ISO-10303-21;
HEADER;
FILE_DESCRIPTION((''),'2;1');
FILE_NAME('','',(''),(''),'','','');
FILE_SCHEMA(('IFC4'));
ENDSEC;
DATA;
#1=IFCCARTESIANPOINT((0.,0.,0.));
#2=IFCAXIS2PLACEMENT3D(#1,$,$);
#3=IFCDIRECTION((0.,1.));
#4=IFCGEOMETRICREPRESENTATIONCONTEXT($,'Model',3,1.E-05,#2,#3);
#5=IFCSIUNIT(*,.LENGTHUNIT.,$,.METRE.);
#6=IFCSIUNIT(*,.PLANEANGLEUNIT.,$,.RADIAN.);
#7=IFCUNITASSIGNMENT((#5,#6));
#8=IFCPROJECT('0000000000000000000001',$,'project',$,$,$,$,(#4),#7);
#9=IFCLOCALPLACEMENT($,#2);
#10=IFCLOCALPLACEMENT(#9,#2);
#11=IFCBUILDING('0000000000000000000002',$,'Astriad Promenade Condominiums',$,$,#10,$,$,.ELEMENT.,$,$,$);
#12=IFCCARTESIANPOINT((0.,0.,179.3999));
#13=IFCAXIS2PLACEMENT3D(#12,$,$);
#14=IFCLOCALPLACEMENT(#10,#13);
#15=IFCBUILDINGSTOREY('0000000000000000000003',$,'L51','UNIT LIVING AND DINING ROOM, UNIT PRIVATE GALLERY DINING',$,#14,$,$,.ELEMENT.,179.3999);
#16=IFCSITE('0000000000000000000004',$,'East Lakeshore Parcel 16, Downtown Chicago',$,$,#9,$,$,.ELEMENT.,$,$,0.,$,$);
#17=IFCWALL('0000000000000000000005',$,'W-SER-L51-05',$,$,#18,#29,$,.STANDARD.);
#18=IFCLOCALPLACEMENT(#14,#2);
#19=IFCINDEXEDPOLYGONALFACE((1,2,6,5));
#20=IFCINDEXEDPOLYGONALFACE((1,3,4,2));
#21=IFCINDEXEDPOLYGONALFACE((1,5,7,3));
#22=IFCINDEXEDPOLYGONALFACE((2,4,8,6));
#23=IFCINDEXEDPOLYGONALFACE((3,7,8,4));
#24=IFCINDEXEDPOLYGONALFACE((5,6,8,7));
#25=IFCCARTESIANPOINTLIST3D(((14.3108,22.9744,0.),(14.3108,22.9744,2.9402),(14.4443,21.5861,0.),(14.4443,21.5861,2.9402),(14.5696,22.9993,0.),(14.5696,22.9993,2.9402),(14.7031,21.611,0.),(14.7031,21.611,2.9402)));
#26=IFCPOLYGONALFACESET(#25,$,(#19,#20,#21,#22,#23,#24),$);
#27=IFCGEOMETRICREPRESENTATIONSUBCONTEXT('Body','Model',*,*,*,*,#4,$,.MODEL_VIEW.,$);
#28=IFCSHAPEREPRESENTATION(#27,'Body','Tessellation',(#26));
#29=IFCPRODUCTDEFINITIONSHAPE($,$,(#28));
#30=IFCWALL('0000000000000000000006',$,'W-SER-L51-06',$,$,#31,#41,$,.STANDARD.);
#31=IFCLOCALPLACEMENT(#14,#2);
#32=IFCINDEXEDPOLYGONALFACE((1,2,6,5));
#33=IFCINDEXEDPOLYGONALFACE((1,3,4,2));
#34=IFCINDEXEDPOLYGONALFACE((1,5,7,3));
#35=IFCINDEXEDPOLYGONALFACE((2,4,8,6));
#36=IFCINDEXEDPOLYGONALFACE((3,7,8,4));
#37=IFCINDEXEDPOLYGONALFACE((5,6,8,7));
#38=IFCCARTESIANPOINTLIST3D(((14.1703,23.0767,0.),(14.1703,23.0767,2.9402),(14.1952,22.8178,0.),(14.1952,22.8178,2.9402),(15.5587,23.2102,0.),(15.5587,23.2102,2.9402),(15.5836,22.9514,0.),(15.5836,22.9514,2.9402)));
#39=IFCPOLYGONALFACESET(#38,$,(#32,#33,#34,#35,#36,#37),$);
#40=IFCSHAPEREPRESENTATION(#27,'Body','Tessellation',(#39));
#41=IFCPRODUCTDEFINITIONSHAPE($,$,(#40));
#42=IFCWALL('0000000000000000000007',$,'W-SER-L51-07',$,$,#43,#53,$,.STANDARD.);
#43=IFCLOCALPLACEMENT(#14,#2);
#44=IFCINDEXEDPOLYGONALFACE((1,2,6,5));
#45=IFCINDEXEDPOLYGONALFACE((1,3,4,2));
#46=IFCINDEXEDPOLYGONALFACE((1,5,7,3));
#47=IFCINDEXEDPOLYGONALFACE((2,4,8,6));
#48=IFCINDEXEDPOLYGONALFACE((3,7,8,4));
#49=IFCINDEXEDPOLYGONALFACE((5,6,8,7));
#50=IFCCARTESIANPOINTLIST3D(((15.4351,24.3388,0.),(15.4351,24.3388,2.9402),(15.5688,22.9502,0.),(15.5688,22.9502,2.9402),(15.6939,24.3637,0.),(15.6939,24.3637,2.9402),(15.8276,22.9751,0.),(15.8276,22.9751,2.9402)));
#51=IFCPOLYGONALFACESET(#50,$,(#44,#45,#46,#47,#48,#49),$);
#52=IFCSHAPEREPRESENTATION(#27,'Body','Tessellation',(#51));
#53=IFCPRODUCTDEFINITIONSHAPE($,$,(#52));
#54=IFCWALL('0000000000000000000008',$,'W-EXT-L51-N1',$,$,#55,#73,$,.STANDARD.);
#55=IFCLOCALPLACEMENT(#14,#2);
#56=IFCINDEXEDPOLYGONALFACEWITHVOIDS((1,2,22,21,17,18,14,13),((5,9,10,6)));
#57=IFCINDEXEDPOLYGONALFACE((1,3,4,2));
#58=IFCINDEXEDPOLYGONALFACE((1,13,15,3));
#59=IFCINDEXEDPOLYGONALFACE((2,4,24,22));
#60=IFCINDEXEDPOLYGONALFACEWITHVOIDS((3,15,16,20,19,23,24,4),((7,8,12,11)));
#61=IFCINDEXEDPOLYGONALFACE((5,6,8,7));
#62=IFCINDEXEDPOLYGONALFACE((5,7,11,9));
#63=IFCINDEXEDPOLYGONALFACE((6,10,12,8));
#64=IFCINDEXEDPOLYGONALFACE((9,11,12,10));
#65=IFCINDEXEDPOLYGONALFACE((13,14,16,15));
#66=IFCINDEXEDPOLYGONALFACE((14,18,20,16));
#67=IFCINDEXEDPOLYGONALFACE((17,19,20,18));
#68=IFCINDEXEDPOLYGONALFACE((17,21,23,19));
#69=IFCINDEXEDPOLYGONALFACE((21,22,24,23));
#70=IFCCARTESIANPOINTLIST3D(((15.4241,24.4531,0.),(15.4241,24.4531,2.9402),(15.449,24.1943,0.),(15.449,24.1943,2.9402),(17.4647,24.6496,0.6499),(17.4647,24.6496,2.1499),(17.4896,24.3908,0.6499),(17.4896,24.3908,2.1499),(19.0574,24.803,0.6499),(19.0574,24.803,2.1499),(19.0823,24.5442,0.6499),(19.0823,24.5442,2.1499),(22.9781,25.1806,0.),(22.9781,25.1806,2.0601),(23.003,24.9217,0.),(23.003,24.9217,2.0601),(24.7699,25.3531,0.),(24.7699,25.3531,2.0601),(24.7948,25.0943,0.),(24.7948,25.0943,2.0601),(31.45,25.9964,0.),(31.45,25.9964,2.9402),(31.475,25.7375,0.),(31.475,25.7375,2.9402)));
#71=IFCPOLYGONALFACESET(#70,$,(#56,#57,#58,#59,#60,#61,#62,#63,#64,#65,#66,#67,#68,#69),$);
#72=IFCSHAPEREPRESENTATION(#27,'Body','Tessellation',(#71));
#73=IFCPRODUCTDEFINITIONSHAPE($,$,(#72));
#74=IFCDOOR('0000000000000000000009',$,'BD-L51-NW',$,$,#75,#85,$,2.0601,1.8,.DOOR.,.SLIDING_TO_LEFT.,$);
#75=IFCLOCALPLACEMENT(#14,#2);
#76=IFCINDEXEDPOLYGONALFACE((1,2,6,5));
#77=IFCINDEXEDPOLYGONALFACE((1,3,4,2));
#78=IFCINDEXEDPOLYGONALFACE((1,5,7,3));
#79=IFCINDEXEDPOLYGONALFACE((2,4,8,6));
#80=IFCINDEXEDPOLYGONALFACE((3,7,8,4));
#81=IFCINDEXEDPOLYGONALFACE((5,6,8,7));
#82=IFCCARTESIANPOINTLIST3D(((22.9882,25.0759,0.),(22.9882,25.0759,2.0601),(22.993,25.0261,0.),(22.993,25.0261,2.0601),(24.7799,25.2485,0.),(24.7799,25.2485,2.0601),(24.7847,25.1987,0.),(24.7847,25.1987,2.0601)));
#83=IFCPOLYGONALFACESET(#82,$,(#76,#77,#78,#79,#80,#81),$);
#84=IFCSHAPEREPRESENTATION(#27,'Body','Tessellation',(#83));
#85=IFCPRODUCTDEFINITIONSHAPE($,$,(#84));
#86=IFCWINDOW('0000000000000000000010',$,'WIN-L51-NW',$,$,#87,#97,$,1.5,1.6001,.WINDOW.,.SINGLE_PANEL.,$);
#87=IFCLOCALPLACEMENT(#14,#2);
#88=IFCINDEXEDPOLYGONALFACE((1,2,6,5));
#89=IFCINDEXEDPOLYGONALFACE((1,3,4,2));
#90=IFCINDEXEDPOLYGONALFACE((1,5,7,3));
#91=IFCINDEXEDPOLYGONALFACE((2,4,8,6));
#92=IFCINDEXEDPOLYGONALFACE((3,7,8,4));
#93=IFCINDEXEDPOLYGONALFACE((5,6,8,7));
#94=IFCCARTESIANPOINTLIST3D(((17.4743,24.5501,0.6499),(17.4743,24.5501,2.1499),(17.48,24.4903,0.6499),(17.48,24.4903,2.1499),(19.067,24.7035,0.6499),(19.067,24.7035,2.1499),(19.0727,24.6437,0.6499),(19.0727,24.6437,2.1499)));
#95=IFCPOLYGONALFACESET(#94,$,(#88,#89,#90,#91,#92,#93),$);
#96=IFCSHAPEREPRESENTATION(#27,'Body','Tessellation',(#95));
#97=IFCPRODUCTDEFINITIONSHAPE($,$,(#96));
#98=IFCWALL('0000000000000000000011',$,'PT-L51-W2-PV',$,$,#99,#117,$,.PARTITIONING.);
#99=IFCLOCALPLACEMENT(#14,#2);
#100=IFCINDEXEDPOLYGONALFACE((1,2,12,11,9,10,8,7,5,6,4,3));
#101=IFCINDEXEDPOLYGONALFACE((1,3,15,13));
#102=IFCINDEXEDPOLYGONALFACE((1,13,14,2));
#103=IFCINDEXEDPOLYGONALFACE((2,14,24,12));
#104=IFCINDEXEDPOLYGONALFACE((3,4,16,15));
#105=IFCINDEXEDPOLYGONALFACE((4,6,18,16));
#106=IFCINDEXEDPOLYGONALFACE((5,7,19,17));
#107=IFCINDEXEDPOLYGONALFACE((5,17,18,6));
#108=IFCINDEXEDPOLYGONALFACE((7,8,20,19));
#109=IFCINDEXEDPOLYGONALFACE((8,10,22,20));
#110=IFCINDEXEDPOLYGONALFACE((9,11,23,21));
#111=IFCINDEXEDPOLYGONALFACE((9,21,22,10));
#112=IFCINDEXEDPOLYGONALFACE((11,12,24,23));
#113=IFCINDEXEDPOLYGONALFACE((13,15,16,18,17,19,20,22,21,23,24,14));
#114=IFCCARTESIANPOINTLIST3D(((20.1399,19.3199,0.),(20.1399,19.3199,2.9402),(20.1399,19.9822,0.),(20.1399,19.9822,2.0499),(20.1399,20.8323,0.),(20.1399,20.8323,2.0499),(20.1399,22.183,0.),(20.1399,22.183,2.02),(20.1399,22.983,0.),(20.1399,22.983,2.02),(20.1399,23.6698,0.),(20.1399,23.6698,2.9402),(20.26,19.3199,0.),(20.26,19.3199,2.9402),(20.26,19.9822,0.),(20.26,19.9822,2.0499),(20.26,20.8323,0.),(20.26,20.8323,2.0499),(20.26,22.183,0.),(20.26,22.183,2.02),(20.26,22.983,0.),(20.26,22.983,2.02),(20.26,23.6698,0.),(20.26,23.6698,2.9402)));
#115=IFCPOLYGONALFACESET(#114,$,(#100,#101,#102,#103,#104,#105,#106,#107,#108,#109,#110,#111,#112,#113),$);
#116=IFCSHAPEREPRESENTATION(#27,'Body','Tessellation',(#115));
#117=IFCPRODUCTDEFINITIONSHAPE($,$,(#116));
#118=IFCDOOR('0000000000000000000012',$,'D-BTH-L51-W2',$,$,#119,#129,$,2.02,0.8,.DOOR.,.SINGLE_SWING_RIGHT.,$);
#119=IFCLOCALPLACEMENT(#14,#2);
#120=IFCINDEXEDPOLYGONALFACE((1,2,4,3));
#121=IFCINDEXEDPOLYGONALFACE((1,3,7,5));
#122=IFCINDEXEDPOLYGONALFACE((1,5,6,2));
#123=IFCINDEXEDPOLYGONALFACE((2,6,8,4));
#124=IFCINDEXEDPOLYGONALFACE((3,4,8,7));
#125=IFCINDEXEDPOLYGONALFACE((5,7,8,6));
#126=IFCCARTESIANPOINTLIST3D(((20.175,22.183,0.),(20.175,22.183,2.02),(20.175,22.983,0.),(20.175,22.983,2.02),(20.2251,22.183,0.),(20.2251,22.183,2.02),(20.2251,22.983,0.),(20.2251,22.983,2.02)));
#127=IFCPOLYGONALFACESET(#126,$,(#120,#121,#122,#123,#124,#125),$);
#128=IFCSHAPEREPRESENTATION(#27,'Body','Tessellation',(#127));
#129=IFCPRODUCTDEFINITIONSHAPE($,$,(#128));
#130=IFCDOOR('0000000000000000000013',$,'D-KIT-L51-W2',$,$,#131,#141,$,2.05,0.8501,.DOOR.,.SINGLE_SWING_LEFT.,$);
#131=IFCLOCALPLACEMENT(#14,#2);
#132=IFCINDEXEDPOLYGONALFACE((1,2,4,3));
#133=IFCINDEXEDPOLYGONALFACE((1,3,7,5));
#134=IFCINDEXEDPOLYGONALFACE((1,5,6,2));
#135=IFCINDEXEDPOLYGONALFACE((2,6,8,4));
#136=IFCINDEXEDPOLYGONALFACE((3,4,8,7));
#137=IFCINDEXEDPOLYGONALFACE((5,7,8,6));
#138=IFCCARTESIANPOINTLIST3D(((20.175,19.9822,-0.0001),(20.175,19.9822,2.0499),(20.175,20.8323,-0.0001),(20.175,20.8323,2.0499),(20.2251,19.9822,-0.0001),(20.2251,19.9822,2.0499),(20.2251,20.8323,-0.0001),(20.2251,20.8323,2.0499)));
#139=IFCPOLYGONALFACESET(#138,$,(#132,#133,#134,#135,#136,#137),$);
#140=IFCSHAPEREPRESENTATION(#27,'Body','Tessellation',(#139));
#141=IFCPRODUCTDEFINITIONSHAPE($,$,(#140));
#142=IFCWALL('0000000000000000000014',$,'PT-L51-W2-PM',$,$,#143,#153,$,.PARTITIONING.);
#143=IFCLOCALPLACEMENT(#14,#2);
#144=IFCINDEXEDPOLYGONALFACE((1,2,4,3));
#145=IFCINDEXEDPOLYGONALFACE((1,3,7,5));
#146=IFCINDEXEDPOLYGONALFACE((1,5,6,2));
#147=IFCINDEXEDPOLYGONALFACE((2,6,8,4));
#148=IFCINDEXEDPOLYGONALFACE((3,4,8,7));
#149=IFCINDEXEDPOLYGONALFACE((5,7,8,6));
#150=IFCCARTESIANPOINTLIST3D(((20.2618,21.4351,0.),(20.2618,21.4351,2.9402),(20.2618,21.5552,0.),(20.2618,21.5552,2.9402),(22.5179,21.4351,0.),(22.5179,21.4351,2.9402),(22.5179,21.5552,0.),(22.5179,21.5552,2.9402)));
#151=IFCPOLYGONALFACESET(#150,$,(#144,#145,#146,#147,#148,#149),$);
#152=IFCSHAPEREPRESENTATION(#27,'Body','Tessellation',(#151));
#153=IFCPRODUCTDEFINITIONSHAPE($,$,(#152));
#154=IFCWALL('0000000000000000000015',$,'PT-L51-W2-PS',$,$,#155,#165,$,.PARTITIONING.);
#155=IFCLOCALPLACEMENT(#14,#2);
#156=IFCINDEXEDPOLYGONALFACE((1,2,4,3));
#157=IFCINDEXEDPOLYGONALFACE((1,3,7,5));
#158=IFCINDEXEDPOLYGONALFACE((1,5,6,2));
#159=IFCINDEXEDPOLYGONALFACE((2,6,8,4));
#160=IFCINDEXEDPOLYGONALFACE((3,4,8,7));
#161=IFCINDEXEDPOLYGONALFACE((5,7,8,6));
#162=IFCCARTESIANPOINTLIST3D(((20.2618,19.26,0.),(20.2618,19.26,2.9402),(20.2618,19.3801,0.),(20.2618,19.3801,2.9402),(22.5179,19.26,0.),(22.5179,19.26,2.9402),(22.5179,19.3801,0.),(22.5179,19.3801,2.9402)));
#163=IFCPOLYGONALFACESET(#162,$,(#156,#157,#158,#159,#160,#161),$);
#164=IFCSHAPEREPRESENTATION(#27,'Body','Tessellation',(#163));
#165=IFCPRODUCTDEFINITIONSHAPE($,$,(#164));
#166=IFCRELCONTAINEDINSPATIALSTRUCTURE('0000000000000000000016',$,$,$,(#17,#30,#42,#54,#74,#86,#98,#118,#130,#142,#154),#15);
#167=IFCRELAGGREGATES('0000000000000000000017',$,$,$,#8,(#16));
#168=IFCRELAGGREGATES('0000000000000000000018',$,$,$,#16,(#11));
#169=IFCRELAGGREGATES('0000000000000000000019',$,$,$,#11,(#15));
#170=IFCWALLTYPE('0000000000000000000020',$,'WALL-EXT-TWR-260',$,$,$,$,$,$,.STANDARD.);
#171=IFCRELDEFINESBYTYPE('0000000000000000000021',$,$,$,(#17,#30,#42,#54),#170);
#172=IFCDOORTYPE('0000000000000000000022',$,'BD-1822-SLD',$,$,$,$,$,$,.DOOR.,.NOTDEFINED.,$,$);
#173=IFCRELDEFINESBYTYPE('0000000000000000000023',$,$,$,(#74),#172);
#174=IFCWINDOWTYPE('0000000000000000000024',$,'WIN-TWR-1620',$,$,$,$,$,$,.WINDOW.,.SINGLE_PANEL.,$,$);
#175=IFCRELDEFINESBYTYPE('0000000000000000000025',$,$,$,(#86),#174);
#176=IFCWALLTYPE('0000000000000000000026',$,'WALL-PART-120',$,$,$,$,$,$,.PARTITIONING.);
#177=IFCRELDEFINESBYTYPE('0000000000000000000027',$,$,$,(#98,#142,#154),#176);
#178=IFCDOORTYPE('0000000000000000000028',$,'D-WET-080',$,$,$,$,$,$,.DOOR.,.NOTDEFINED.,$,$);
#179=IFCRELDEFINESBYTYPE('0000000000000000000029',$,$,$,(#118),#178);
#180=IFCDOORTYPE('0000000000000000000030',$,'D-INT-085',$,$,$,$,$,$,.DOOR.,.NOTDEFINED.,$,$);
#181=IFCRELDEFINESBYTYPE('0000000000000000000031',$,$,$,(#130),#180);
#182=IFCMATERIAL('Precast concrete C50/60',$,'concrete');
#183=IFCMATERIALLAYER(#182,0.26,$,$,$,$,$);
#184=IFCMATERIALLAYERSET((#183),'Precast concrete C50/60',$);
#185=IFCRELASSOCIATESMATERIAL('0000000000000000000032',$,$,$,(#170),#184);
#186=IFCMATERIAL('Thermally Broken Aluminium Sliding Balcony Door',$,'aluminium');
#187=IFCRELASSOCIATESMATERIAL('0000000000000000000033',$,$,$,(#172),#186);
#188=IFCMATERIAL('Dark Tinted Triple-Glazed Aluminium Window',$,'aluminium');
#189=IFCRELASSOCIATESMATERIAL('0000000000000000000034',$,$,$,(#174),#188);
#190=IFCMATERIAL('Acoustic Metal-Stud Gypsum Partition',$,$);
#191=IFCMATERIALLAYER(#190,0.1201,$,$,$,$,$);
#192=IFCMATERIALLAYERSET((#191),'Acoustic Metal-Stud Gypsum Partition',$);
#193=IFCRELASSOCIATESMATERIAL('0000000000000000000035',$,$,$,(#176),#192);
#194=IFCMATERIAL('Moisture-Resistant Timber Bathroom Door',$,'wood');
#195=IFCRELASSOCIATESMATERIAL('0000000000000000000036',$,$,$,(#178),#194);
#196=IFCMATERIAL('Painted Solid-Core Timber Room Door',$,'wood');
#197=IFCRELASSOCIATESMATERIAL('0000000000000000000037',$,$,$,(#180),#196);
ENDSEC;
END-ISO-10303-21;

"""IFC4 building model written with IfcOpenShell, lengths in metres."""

from ifc_helpers import new_model, si_unit, direction, frame, frame_2d, origin, place, context, subcontext, project, spatial, rectangle, extrude, source, transform, mapped, material, layer, layer_set, type_object, type_shapes, element, fill, save


model = new_model("IFC4")

# Units and contexts
model_context = context("Model", 3, precision=1e-05, world=origin(), true_north=direction((0.0, 1.0)))
body_context = subcontext(model_context, "Body", "Model", "MODEL_VIEW")
ifc_project = project(units=[si_unit("LENGTHUNIT", "METRE"), si_unit("PLANEANGLEUNIT", "RADIAN")], contexts=[model_context])

# Site, building, storey
site_placement = place(None, origin())
site = spatial("IfcSite", under=ifc_project, at=site_placement, Name="East Lakeshore Parcel 16, Downtown Chicago", CompositionType="ELEMENT", RefElevation=0.0)
building_placement = place(site_placement, origin())
building = spatial("IfcBuilding", under=site, at=building_placement, Name="Astriad Promenade Condominiums", CompositionType="ELEMENT")
storey_placement = place(building_placement, frame((0.0, 0.0, 179.3999)))
storey = spatial("IfcBuildingStorey", under=building, at=storey_placement, Name="L51", Description="UNIT LIVING AND DINING ROOM, UNIT PRIVATE GALLERY DINING", CompositionType="ELEMENT", Elevation=179.3999)

# Walls
ifc_material_1 = material(Name="Precast concrete C50/60", Category="concrete")
ifc_layer_1 = layer(ifc_material_1, 0.26)
ifc_layer_set_1 = layer_set([ifc_layer_1], Name="Precast concrete C50/60")
wall_type_1 = type_object("IfcWallType", Name="WALL-EXT-TWR-260", PredefinedType="STANDARD", material=ifc_layer_set_1)
for number, where, z_axis, x_axis, name in (
    (1, (14.5737, 21.5986, 0.0), (0.0, 0.0, 1.0), (-0.095742, 0.995406, 0.0), "W-SER-L51-05"),
    (2, (14.1829, 22.9473, 0.0), (0.0, 0.0, 1.0), (0.995406, 0.095742, 0.0), "W-SER-L51-06"),
):
    element("IfcWall", number, at=place(storey_placement, frame(where, z_axis=z_axis, x_axis=x_axis)), inside=storey, type_object=wall_type_1, Name=name, PredefinedType="STANDARD", context=body_context, shape_type="SweptSolid", body=[
        extrude(rectangle(XDim=1.3948, YDim=0.26, at=frame_2d((0.6973, 0.0))), origin(), (0.0, 0.0, 1.0), 2.9402),
    ])
wall_1_placement = place(storey_placement, frame((15.6982, 22.9626, 0.0), z_axis=(0.0, 0.0, 1.0), x_axis=(-0.095899, 0.995391, 0.0)))
element("IfcWall", 3, at=wall_1_placement, inside=storey, type_object=wall_type_1, Name="W-SER-L51-07", PredefinedType="STANDARD", context=body_context, shape_type="SweptSolid", body=[
    extrude(rectangle(XDim=1.395, YDim=0.26, at=frame_2d((0.6975, 0.0))), origin(), (0.0, 0.0, 1.0), 2.9402),
])

# Wall, openings, door, window
wall_2_placement = place(storey_placement, frame((15.4365, 24.3237, 0.0), z_axis=(0.0, 0.0, 1.0), x_axis=(0.995396, 0.095852, 0.0)))
wall_2 = element("IfcWall", 4, at=wall_2_placement, inside=storey, type_object=wall_type_1, Name="W-EXT-L51-N1", PredefinedType="STANDARD", context=body_context, shape_type="SweptSolid", body=[
    extrude(rectangle(XDim=16.1001, YDim=0.26, at=frame_2d((8.05, 0.0))), origin(), (0.0, 0.0, 1.0), 2.9402),
])
opening_1_placement = place(wall_2_placement, frame((7.5891, 0.0, 0.0)))
opening_1 = element("IfcOpeningElement", 5, at=opening_1_placement, cuts=wall_2, PredefinedType="OPENING", context=body_context, shape_type="SweptSolid", body=[
    extrude(rectangle(XDim=1.8, YDim=2.0601, at=frame_2d((0.8999, 1.03))), frame((0.0, 0.1399, 0.0), z_axis=(0.0, -1.0, 0.0), x_axis=(1.0, 0.0, 0.0)), (0.0, 0.0, 1.0), 0.28),
])
opening_2_placement = place(wall_2_placement, frame((2.05, 0.0, 0.6499)))
opening_2 = element("IfcOpeningElement", 6, at=opening_2_placement, cuts=wall_2, PredefinedType="OPENING", context=body_context, shape_type="SweptSolid", body=[
    extrude(rectangle(XDim=1.6001, YDim=1.5, at=frame_2d((0.8, 0.75))), frame((0.0, 0.1399, 0.0), z_axis=(0.0, -1.0, 0.0), x_axis=(1.0, 0.0, 0.0)), (0.0, 0.0, 1.0), 0.28),
])
ifc_material_2 = material(Name="Thermally Broken Aluminium Sliding Balcony Door", Category="aluminium")
door_type_1 = type_object("IfcDoorType", Name="BD-1822-SLD", OperationType="NOTDEFINED", PredefinedType="DOOR", material=ifc_material_2)
shared_shape_1 = source(origin(), body_context, "Body", "SweptSolid", [
    extrude(rectangle(XDim=1.8, YDim=2.0601, at=frame_2d((0.8999, 1.03))), frame((0.0, 0.0249, 0.0), z_axis=(0.0, -1.0, 0.0), x_axis=(1.0, 0.0, 0.0)), (0.0, 0.0, 1.0), 0.05),
])
type_shapes(door_type_1, [shared_shape_1])
door_1_placement = place(opening_1_placement, origin())
door_1 = element("IfcDoor", 7, at=door_1_placement, inside=storey, type_object=door_type_1, Name="BD-L51-NW", OperationType="SLIDING_TO_LEFT", OverallHeight=2.0601, OverallWidth=1.8, PredefinedType="DOOR", context=body_context, shape_type="MappedRepresentation", body=[
    mapped(shared_shape_1, transform((0.0, 0.0, 0.0), scale=1.0)),
])
fill(opening_1, door_1)
ifc_material_3 = material(Name="Dark Tinted Triple-Glazed Aluminium Window", Category="aluminium")
window_type = type_object("IfcWindowType", Name="WIN-TWR-1620", PartitioningType="SINGLE_PANEL", PredefinedType="WINDOW", material=ifc_material_3)
shared_shape_2 = source(origin(), body_context, "Body", "SweptSolid", [
    extrude(rectangle(XDim=1.6001, YDim=1.5, at=frame_2d((0.8, 0.75))), frame((0.0, 0.03, 0.0), z_axis=(0.0, -1.0, 0.0), x_axis=(1.0, 0.0, 0.0)), (0.0, 0.0, 1.0), 0.0601),
])
type_shapes(window_type, [shared_shape_2])
window_placement = place(opening_2_placement, origin())
window = element("IfcWindow", 8, at=window_placement, inside=storey, type_object=window_type, Name="WIN-L51-NW", OverallHeight=1.5, OverallWidth=1.6001, PartitioningType="SINGLE_PANEL", PredefinedType="WINDOW", context=body_context, shape_type="MappedRepresentation", body=[
    mapped(shared_shape_2, transform((0.0, 0.0, 0.0), scale=1.0)),
])
fill(opening_2, window)

# Wall, openings, doors
ifc_material_4 = material(Name="Acoustic Metal-Stud Gypsum Partition")
ifc_layer_2 = layer(ifc_material_4, 0.1201)
ifc_layer_set_2 = layer_set([ifc_layer_2], Name="Acoustic Metal-Stud Gypsum Partition")
wall_type_2 = type_object("IfcWallType", Name="WALL-PART-120", PredefinedType="PARTITIONING", material=ifc_layer_set_2)
wall_3_placement = place(storey_placement, frame((20.2, 19.3201, 0.0), z_axis=(0.0, 0.0, 1.0), x_axis=(0.0, 1.0, 0.0)))
wall_3 = element("IfcWall", 9, at=wall_3_placement, inside=storey, type_object=wall_type_2, Name="PT-L51-W2-PV", PredefinedType="PARTITIONING", context=body_context, shape_type="SweptSolid", body=[
    extrude(rectangle(XDim=4.3499, YDim=0.1201, at=frame_2d((2.1748, 0.0))), origin(), (0.0, 0.0, 1.0), 2.9402),
])
opening_3_placement = place(wall_3_placement, frame((0.6621, 0.0, 0.0)))
opening_3 = element("IfcOpeningElement", 10, at=opening_3_placement, cuts=wall_3, PredefinedType="OPENING", context=body_context, shape_type="SweptSolid", body=[
    extrude(rectangle(XDim=0.8501, YDim=2.05, at=frame_2d((0.425, 1.0249))), frame((0.0, 0.0701, 0.0), z_axis=(0.0, -1.0, 0.0), x_axis=(1.0, 0.0, 0.0)), (0.0, 0.0, 1.0), 0.1401),
])
opening_4_placement = place(wall_3_placement, frame((2.863, 0.0, 0.0)))
opening_4 = element("IfcOpeningElement", 11, at=opening_4_placement, cuts=wall_3, PredefinedType="OPENING", context=body_context, shape_type="SweptSolid", body=[
    extrude(rectangle(XDim=0.8, YDim=2.02, at=frame_2d((0.3999, 1.01))), frame((0.0, 0.0701, 0.0), z_axis=(0.0, -1.0, 0.0), x_axis=(1.0, 0.0, 0.0)), (0.0, 0.0, 1.0), 0.1401),
])
ifc_material_5 = material(Name="Moisture-Resistant Timber Bathroom Door", Category="wood")
door_type_2 = type_object("IfcDoorType", Name="D-WET-080", OperationType="NOTDEFINED", PredefinedType="DOOR", material=ifc_material_5)
shared_shape_3 = source(origin(), body_context, "Body", "SweptSolid", [
    extrude(rectangle(XDim=0.8, YDim=2.02, at=frame_2d((0.3999, 1.01))), frame((0.0, 0.0249, 0.0), z_axis=(0.0, -1.0, 0.0), x_axis=(1.0, 0.0, 0.0)), (0.0, 0.0, 1.0), 0.05),
])
type_shapes(door_type_2, [shared_shape_3])
door_2_placement = place(opening_4_placement, origin())
door_2 = element("IfcDoor", 12, at=door_2_placement, inside=storey, type_object=door_type_2, Name="D-BTH-L51-W2", OperationType="SINGLE_SWING_RIGHT", OverallHeight=2.02, OverallWidth=0.8, PredefinedType="DOOR", context=body_context, shape_type="MappedRepresentation", body=[
    mapped(shared_shape_3, transform((0.0, 0.0, 0.0), scale=1.0)),
])
fill(opening_4, door_2)
ifc_material_6 = material(Name="Painted Solid-Core Timber Room Door", Category="wood")
door_type_3 = type_object("IfcDoorType", Name="D-INT-085", OperationType="NOTDEFINED", PredefinedType="DOOR", material=ifc_material_6)
shared_shape_4 = source(origin(), body_context, "Body", "SweptSolid", [
    extrude(rectangle(XDim=0.8501, YDim=2.05, at=frame_2d((0.425, 1.0249))), frame((0.0, 0.0249, 0.0), z_axis=(0.0, -1.0, 0.0), x_axis=(1.0, 0.0, 0.0)), (0.0, 0.0, 1.0), 0.05),
])
type_shapes(door_type_3, [shared_shape_4])
door_3_placement = place(opening_3_placement, origin())
door_3 = element("IfcDoor", 13, at=door_3_placement, inside=storey, type_object=door_type_3, Name="D-KIT-L51-W2", OperationType="SINGLE_SWING_LEFT", OverallHeight=2.05, OverallWidth=0.8501, PredefinedType="DOOR", context=body_context, shape_type="MappedRepresentation", body=[
    mapped(shared_shape_4, transform((0.0, 0.0, 0.0), scale=1.0)),
])
fill(opening_3, door_3)

# Walls
for number, where, z_axis, x_axis, name in (
    (14, (20.262, 21.4951, 0.0), (0.0, 0.0, 1.0), (1.0, 0.0, 0.0), "PT-L51-W2-PM"),
    (15, (20.262, 19.3201, 0.0), (0.0, 0.0, 1.0), (1.0, 0.0, 0.0), "PT-L51-W2-PS"),
):
    element("IfcWall", number, at=place(storey_placement, frame(where, z_axis=z_axis, x_axis=x_axis)), inside=storey, type_object=wall_type_2, Name=name, PredefinedType="PARTITIONING", context=body_context, shape_type="SweptSolid", body=[
        extrude(rectangle(XDim=2.2561, YDim=0.1201, at=frame_2d((1.1279, 0.0))), origin(), (0.0, 0.0, 1.0), 2.9402),
    ])

save(model, "model.ifc")
